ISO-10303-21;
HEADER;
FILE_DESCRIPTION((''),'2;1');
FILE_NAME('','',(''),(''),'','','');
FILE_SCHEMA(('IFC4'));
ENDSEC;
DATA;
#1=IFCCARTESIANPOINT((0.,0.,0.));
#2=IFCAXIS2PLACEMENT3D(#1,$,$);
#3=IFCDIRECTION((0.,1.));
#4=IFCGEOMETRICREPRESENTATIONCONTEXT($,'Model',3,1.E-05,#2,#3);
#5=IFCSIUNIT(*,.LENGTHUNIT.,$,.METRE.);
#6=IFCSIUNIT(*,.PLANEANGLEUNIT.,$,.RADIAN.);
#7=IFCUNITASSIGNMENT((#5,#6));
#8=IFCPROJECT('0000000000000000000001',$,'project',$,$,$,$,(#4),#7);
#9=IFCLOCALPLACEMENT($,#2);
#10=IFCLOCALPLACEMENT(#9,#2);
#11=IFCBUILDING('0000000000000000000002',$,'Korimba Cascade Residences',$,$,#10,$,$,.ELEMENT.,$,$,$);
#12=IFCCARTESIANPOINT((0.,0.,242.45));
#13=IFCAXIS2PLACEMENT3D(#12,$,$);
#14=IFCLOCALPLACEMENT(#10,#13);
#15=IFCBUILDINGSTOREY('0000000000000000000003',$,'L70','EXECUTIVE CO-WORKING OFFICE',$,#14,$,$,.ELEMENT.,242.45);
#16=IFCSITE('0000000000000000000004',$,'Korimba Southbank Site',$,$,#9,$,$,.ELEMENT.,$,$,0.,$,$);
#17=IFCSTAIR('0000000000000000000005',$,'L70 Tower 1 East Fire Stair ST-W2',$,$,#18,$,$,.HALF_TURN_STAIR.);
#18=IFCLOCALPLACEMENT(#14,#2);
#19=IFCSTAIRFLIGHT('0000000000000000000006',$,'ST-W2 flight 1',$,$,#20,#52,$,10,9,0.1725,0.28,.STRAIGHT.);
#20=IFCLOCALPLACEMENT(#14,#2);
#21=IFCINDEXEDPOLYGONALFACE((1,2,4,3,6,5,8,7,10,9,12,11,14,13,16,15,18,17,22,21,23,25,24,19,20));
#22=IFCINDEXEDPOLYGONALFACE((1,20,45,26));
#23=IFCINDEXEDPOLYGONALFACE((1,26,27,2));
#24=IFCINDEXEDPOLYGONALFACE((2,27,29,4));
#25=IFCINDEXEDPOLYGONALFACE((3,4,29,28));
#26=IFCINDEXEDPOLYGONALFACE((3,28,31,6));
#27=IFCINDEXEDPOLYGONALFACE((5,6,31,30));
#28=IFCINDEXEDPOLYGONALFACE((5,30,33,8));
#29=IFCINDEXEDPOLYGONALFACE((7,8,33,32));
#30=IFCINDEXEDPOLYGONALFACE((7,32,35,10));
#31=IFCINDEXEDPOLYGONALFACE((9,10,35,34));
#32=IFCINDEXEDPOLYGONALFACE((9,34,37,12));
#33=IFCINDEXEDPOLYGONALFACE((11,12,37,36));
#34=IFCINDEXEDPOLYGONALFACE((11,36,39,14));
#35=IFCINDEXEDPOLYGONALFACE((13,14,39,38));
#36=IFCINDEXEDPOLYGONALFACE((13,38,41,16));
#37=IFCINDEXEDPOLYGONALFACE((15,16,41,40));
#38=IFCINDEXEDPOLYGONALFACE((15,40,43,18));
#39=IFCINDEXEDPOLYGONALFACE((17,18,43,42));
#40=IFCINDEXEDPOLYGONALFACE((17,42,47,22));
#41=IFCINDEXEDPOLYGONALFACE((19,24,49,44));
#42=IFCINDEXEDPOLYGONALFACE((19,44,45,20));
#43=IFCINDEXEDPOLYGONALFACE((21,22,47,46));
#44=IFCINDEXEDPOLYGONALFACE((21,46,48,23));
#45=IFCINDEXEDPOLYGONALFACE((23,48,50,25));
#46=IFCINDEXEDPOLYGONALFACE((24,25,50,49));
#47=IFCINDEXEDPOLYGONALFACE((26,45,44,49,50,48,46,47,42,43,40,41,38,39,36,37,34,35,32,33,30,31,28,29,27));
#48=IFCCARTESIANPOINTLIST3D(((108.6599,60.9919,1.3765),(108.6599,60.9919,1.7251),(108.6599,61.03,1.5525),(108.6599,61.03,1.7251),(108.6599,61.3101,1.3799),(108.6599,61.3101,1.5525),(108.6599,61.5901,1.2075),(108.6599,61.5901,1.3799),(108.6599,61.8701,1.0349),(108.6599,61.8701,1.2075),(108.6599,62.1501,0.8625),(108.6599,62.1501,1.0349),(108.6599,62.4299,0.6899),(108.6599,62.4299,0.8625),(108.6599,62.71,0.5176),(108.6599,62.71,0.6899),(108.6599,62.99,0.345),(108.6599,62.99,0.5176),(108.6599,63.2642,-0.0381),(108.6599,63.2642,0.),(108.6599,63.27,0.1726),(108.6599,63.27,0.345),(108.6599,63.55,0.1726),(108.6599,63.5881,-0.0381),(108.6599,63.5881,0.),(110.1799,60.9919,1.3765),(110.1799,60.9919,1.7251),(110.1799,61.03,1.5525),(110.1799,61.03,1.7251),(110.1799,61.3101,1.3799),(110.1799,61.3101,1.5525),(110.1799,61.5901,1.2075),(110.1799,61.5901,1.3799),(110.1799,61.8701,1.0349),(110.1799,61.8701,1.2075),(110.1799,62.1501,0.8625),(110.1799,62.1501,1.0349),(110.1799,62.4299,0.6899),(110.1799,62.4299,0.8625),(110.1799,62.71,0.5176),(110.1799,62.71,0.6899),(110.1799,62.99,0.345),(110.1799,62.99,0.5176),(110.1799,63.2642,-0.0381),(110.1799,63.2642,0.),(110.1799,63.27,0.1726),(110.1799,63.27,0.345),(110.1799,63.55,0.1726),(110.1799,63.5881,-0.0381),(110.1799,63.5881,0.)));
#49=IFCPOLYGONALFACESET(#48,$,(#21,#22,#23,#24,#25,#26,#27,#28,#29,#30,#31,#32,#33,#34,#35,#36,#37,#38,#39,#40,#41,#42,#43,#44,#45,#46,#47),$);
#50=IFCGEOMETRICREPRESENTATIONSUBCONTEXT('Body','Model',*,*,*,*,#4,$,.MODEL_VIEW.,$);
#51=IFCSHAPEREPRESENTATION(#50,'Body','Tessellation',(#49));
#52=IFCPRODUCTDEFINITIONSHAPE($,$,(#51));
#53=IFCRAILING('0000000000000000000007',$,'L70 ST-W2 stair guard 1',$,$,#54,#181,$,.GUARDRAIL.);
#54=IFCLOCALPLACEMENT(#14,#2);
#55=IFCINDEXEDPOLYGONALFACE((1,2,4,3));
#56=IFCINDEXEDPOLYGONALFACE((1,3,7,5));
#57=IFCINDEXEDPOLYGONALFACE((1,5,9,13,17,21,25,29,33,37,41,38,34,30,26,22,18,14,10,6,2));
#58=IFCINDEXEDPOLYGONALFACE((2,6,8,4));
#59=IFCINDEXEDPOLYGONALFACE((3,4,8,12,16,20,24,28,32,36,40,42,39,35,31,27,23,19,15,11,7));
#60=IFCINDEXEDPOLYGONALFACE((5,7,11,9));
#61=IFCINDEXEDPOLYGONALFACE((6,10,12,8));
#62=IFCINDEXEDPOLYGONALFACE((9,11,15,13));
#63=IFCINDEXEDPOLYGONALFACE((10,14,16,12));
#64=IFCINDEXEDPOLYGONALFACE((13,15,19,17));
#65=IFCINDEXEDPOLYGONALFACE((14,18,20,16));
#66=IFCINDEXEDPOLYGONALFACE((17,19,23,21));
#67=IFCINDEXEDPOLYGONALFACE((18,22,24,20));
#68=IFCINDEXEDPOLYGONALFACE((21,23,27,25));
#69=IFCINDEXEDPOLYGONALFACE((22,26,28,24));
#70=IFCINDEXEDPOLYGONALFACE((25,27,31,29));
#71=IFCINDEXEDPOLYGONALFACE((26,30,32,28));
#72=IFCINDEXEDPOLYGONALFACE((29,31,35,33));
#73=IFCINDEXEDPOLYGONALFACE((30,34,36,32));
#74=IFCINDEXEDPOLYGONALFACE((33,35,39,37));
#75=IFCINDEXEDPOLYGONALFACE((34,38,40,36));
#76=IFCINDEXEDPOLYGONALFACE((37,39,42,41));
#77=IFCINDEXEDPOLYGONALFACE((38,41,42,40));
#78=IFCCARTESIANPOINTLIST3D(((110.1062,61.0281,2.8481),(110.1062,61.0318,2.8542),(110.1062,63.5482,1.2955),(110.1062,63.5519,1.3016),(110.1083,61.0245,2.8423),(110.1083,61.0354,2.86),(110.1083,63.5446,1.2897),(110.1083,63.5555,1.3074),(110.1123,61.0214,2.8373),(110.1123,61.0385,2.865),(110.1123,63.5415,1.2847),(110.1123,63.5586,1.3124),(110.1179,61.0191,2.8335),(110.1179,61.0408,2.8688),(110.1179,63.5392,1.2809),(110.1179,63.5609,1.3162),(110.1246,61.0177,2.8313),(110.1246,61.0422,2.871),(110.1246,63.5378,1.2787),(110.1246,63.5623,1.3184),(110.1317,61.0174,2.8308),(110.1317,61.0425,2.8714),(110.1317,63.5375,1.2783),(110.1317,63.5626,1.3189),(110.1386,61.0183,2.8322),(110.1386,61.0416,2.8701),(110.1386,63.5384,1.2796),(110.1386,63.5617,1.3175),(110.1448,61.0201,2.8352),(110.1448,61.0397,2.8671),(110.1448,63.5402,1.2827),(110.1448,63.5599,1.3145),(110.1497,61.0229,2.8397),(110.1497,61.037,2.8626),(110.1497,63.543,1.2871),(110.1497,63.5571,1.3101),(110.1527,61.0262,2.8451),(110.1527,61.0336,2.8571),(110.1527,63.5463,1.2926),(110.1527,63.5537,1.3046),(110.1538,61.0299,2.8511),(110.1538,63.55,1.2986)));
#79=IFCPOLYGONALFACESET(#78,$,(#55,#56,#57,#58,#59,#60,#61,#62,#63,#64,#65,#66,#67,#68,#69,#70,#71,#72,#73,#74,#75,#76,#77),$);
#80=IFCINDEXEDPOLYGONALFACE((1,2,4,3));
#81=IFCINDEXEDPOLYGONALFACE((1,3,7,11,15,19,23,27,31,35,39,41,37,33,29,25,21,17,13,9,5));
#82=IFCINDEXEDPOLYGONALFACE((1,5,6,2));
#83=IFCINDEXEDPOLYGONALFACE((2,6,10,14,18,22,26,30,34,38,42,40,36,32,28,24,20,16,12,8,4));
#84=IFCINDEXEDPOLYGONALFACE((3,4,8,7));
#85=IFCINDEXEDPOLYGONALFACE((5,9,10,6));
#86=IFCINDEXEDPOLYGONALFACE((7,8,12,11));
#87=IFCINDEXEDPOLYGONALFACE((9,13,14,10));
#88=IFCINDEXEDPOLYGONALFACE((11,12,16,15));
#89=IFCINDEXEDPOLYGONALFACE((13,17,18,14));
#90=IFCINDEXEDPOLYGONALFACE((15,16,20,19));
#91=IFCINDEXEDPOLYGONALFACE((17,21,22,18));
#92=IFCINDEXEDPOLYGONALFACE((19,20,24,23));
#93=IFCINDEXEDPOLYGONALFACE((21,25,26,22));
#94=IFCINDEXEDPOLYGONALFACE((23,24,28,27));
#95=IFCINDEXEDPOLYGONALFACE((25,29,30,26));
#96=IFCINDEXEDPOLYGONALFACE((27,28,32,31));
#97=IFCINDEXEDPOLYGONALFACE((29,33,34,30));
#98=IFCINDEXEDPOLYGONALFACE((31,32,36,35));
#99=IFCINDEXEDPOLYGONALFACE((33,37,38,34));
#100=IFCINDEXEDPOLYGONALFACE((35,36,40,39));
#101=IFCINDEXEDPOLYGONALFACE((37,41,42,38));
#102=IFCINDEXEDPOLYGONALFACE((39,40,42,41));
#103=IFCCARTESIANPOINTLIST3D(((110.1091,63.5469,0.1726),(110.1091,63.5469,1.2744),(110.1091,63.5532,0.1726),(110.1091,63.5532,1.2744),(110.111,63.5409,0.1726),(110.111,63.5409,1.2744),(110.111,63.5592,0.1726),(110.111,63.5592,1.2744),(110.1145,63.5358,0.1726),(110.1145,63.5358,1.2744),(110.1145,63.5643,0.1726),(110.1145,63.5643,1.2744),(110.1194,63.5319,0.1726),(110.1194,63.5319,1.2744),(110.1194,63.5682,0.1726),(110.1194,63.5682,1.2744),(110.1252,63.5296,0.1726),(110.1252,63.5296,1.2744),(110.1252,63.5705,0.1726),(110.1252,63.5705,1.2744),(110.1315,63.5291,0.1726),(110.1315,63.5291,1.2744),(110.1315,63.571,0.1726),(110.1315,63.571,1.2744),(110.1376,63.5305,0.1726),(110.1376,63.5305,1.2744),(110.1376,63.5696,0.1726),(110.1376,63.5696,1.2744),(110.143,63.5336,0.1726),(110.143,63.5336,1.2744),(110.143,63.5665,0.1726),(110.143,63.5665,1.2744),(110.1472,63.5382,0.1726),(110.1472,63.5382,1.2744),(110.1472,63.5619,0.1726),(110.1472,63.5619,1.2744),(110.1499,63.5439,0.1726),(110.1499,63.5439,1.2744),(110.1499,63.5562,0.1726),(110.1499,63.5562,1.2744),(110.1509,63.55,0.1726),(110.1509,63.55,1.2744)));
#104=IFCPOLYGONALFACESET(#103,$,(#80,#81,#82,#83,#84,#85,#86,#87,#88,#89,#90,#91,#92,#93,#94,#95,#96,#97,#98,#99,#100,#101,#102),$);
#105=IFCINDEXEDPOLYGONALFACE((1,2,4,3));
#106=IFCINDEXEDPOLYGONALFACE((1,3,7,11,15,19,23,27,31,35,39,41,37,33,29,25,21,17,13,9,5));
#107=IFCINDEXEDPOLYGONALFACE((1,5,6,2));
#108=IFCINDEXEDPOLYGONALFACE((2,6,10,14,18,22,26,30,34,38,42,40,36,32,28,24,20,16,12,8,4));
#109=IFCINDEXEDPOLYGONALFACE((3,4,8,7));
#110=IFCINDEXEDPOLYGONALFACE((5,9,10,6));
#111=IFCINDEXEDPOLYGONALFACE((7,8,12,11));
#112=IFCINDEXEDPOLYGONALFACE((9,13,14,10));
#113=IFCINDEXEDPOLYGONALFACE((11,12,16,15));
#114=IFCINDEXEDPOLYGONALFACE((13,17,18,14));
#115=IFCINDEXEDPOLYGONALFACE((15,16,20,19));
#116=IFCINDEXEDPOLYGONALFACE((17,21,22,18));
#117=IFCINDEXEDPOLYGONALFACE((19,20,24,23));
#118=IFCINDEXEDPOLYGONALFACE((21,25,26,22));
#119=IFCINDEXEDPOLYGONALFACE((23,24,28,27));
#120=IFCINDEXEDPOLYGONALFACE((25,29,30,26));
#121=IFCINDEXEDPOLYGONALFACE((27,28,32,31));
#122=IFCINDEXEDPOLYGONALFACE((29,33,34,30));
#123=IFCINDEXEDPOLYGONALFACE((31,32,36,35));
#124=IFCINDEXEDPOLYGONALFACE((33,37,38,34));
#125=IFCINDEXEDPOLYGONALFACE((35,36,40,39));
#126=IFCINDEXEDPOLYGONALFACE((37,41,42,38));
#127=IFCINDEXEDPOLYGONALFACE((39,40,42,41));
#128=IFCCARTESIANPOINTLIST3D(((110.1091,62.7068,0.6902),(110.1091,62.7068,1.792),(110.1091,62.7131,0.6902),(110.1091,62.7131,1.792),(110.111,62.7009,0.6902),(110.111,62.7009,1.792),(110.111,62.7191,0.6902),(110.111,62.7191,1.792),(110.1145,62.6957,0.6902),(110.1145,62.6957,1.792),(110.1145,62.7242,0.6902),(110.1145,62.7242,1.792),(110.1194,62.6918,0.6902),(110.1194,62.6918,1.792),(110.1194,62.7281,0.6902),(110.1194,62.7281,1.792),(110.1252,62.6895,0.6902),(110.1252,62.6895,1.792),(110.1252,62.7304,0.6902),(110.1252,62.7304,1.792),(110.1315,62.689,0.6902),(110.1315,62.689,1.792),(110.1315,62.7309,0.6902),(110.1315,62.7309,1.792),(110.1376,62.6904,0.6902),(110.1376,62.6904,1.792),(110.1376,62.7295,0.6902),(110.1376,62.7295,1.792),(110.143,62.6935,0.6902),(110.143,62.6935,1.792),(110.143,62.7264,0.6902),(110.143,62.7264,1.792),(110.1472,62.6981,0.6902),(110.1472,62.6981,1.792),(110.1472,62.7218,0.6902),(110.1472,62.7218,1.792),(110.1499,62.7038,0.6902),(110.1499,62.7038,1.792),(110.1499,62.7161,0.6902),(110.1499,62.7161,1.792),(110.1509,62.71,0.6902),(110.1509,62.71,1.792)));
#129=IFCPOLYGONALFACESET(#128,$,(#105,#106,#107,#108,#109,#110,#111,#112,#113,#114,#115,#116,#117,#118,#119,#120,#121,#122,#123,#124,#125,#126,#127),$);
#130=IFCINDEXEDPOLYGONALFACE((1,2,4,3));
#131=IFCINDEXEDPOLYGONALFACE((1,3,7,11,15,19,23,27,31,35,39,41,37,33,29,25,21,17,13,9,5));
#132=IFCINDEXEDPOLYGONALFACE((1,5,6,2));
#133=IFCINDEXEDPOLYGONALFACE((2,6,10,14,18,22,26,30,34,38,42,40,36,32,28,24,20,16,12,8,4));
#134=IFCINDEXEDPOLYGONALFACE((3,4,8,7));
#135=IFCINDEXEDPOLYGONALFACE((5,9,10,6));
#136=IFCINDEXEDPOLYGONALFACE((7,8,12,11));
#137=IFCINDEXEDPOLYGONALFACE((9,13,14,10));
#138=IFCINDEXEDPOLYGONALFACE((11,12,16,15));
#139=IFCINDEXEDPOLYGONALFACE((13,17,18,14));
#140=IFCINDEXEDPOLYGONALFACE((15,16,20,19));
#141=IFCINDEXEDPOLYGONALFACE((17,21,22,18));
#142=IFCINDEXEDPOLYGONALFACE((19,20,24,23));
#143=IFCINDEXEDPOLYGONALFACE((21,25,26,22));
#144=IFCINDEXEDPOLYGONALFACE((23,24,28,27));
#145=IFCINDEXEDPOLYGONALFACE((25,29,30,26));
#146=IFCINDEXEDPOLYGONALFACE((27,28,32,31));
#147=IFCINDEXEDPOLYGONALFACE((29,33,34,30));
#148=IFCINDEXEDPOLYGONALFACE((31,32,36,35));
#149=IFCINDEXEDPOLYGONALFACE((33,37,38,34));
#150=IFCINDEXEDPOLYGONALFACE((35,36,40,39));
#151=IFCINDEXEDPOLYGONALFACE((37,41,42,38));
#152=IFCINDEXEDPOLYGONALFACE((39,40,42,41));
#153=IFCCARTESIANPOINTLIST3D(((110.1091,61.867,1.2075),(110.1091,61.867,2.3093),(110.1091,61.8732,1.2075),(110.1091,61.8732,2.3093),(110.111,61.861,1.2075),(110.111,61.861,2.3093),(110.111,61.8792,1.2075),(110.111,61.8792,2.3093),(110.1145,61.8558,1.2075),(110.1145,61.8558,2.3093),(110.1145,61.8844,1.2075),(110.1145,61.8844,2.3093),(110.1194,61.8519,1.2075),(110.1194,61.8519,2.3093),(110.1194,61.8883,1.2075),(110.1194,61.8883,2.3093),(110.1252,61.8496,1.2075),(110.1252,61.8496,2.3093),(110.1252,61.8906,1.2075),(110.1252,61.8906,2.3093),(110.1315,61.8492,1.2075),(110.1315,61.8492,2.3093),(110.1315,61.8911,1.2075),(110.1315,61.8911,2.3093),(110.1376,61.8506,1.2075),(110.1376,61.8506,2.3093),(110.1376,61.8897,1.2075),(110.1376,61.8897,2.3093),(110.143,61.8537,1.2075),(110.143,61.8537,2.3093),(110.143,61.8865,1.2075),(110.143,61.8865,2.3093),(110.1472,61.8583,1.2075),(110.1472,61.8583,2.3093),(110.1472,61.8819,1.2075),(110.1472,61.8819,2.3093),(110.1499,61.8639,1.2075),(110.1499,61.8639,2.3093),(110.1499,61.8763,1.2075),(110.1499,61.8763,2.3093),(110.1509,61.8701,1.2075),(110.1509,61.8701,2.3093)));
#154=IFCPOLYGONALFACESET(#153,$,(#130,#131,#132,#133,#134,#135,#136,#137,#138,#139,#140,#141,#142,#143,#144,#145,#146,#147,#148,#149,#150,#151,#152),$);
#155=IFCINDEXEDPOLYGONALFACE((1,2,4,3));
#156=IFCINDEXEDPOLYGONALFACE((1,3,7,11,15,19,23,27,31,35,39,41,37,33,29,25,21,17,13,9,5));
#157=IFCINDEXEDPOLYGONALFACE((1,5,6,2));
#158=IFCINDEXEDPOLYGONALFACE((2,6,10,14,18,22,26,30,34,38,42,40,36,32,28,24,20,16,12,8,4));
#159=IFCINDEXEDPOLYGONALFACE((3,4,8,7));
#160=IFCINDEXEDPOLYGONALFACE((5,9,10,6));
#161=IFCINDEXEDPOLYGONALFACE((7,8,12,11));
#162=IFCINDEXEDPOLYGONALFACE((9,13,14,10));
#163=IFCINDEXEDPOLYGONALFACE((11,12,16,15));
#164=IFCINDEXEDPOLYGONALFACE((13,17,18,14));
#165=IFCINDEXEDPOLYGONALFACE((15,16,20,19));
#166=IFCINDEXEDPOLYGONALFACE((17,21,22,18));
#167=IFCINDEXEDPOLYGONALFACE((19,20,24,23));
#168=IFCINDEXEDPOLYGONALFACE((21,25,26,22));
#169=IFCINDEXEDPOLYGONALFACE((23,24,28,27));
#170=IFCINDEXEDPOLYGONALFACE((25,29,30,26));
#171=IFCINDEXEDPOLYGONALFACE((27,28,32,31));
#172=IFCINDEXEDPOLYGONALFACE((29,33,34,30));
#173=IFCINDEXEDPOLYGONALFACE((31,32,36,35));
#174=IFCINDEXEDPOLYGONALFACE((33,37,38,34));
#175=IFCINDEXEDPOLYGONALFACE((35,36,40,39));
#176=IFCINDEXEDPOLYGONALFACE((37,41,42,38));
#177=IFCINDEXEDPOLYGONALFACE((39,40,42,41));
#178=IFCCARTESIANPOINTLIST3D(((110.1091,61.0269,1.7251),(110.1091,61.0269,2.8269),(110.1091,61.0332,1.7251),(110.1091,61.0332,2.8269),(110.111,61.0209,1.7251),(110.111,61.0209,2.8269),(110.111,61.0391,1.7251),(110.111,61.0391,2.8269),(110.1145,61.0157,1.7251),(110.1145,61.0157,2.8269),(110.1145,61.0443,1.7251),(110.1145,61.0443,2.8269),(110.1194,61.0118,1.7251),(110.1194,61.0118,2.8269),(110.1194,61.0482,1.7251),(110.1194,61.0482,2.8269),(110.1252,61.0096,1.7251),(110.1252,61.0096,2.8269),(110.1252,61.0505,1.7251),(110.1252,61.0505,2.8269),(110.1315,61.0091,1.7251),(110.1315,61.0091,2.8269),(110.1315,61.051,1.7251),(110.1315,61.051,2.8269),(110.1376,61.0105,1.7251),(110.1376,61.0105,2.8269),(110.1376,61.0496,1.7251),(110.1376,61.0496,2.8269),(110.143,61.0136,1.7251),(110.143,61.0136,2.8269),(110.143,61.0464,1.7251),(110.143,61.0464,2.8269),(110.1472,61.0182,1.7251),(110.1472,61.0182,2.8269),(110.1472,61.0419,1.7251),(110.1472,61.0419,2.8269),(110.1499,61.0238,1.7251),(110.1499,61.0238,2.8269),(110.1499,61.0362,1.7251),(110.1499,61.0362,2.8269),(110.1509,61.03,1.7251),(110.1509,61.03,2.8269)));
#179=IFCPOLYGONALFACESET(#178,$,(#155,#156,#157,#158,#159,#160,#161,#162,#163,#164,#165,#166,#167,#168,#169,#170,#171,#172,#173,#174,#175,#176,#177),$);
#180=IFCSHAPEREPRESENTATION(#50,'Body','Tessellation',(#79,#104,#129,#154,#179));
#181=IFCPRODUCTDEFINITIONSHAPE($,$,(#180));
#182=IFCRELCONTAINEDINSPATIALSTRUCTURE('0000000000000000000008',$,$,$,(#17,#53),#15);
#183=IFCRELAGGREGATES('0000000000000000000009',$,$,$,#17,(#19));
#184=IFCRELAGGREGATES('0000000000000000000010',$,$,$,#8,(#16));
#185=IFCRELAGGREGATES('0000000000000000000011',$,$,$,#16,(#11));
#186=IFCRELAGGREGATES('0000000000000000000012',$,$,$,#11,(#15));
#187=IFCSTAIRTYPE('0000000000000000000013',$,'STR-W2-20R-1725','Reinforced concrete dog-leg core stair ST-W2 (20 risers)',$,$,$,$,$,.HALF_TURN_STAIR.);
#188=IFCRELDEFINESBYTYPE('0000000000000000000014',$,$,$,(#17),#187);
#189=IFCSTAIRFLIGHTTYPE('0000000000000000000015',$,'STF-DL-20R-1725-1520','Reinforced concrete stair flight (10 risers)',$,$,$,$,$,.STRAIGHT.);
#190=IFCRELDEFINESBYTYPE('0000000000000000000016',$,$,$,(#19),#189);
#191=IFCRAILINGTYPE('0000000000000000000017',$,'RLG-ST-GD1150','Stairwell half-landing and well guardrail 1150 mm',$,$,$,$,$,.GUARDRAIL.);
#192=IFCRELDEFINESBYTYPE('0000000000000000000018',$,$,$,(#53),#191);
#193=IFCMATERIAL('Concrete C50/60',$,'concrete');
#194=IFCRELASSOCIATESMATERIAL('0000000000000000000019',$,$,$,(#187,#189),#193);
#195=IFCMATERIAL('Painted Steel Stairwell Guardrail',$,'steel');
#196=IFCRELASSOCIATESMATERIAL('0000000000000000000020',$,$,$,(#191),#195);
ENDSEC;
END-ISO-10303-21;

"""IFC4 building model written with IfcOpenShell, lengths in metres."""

from ifc_helpers import new_model, si_unit, direction, frame, origin, origin_2d, place, context, subcontext, project, spatial, polyline, circle, outline, extrude, material, type_object, element, aggregate, save


model = new_model("IFC4")

# Units and contexts
model_context = context("Model", 3, precision=1e-05, world=origin(), true_north=direction((0.0, 1.0)))
body_context = subcontext(model_context, "Body", "Model", "MODEL_VIEW")
ifc_project = project(units=[si_unit("LENGTHUNIT", "METRE"), si_unit("PLANEANGLEUNIT", "RADIAN")], contexts=[model_context])

# Site, building, storey
site_placement = place(None, origin())
site = spatial("IfcSite", under=ifc_project, at=site_placement, Name="Korimba Southbank Site", CompositionType="ELEMENT", RefElevation=0.0)
building_placement = place(site_placement, origin())
building = spatial("IfcBuilding", under=site, at=building_placement, Name="Korimba Cascade Residences", CompositionType="ELEMENT")
storey_placement = place(building_placement, frame((0.0, 0.0, 242.45)))
storey = spatial("IfcBuildingStorey", under=building, at=storey_placement, Name="L70", Description="EXECUTIVE CO-WORKING OFFICE", CompositionType="ELEMENT", Elevation=242.45)

# Shared definitions
ifc_material_1 = material(Name="Concrete C50/60", Category="concrete")

# Stair, stair flight
stair_type = type_object("IfcStairType", Name="STR-W2-20R-1725", Description="Reinforced concrete dog-leg core stair ST-W2 (20 risers)", PredefinedType="HALF_TURN_STAIR", material=ifc_material_1)
stair_placement = place(storey_placement, origin())
stair = element("IfcStair", 1, at=stair_placement, inside=storey, type_object=stair_type, Name="L70 Tower 1 East Fire Stair ST-W2", PredefinedType="HALF_TURN_STAIR")
stair_flight_type = type_object("IfcStairFlightType", Name="STF-DL-20R-1725-1520", Description="Reinforced concrete stair flight (10 risers)", PredefinedType="STRAIGHT", material=ifc_material_1)
stair_flight_placement = place(storey_placement, frame((109.4199, 63.55, 0.0), z_axis=(0.0, 0.0, 1.0), x_axis=(0.0, -1.0, 0.0)))
stair_flight = element("IfcStairFlight", 2, at=stair_flight_placement, type_object=stair_flight_type, Name="ST-W2 flight 1", NumberOfRisers=10, NumberOfTreads=9, PredefinedType="STRAIGHT", RiserHeight=0.1725, TreadLength=0.28, context=body_context, shape_type="SweptSolid", body=[
    extrude(outline(polyline([(-0.0381, 0.0), (0.0, 0.1726), (0.28, 0.1726), (0.28, 0.345), (0.5601, 0.345), (0.5601, 0.5176), (0.8401, 0.5176), (0.8401, 0.6899), (1.1201, 0.6899), (1.1201, 0.8625), (1.3999, 0.8625), (1.3999, 1.0349), (1.6799, 1.0349), (1.6799, 1.2075), (1.96, 1.2075), (1.96, 1.3799), (2.24, 1.3799), (2.24, 1.5525), (2.52, 1.5525), (2.52, 1.7251), (2.5581, 1.7251), (2.5581, 1.3765), (0.2859, 0.0), (0.2859, -0.0381), (-0.0381, -0.0381), (-0.0381, 0.0)])), frame((0.0, 0.76, 0.0), z_axis=(0.0, -1.0, 0.0), x_axis=(1.0, 0.0, 0.0)), (0.0, 0.0, 1.0), 1.52),
])
aggregate(stair, [stair_flight])

# Railing
ifc_material_2 = material(Name="Painted Steel Stairwell Guardrail", Category="steel")
railing_type_1 = type_object("IfcRailingType", Name="RLG-ST-GD1150", Description="Stairwell half-landing and well guardrail 1150 mm", PredefinedType="GUARDRAIL", material=ifc_material_2)
railing_1_placement = place(storey_placement, frame((110.1299, 63.55, 0.1726)))
element("IfcRailing", 3, at=railing_1_placement, inside=storey, type_object=railing_type_1, Name="L70 ST-W2 stair guard 1", PredefinedType="GUARDRAIL", context=body_context, shape_type="SweptSolid", body=[
    extrude(circle(Radius=0.0239, at=origin_2d()), frame((0.0, 0.0, 1.126), z_axis=(0.0, -0.8514, 0.524516), x_axis=(1.0, 0.0, 0.0)), (0.0, 0.0, 1.0), 2.96),
    extrude(circle(Radius=0.021, at=origin_2d()), origin(), (0.0, 0.0, 1.0), 1.1018),
    extrude(circle(Radius=0.021, at=origin_2d()), frame((0.0, -0.8401, 0.5176)), (0.0, 0.0, 1.0), 1.1018),
    extrude(circle(Radius=0.021, at=origin_2d()), frame((0.0, -1.6799, 1.0349)), (0.0, 0.0, 1.0), 1.1018),
    extrude(circle(Radius=0.021, at=origin_2d()), frame((0.0, -2.52, 1.5525)), (0.0, 0.0, 1.0), 1.1018),
])

save(model, "model.ifc")
